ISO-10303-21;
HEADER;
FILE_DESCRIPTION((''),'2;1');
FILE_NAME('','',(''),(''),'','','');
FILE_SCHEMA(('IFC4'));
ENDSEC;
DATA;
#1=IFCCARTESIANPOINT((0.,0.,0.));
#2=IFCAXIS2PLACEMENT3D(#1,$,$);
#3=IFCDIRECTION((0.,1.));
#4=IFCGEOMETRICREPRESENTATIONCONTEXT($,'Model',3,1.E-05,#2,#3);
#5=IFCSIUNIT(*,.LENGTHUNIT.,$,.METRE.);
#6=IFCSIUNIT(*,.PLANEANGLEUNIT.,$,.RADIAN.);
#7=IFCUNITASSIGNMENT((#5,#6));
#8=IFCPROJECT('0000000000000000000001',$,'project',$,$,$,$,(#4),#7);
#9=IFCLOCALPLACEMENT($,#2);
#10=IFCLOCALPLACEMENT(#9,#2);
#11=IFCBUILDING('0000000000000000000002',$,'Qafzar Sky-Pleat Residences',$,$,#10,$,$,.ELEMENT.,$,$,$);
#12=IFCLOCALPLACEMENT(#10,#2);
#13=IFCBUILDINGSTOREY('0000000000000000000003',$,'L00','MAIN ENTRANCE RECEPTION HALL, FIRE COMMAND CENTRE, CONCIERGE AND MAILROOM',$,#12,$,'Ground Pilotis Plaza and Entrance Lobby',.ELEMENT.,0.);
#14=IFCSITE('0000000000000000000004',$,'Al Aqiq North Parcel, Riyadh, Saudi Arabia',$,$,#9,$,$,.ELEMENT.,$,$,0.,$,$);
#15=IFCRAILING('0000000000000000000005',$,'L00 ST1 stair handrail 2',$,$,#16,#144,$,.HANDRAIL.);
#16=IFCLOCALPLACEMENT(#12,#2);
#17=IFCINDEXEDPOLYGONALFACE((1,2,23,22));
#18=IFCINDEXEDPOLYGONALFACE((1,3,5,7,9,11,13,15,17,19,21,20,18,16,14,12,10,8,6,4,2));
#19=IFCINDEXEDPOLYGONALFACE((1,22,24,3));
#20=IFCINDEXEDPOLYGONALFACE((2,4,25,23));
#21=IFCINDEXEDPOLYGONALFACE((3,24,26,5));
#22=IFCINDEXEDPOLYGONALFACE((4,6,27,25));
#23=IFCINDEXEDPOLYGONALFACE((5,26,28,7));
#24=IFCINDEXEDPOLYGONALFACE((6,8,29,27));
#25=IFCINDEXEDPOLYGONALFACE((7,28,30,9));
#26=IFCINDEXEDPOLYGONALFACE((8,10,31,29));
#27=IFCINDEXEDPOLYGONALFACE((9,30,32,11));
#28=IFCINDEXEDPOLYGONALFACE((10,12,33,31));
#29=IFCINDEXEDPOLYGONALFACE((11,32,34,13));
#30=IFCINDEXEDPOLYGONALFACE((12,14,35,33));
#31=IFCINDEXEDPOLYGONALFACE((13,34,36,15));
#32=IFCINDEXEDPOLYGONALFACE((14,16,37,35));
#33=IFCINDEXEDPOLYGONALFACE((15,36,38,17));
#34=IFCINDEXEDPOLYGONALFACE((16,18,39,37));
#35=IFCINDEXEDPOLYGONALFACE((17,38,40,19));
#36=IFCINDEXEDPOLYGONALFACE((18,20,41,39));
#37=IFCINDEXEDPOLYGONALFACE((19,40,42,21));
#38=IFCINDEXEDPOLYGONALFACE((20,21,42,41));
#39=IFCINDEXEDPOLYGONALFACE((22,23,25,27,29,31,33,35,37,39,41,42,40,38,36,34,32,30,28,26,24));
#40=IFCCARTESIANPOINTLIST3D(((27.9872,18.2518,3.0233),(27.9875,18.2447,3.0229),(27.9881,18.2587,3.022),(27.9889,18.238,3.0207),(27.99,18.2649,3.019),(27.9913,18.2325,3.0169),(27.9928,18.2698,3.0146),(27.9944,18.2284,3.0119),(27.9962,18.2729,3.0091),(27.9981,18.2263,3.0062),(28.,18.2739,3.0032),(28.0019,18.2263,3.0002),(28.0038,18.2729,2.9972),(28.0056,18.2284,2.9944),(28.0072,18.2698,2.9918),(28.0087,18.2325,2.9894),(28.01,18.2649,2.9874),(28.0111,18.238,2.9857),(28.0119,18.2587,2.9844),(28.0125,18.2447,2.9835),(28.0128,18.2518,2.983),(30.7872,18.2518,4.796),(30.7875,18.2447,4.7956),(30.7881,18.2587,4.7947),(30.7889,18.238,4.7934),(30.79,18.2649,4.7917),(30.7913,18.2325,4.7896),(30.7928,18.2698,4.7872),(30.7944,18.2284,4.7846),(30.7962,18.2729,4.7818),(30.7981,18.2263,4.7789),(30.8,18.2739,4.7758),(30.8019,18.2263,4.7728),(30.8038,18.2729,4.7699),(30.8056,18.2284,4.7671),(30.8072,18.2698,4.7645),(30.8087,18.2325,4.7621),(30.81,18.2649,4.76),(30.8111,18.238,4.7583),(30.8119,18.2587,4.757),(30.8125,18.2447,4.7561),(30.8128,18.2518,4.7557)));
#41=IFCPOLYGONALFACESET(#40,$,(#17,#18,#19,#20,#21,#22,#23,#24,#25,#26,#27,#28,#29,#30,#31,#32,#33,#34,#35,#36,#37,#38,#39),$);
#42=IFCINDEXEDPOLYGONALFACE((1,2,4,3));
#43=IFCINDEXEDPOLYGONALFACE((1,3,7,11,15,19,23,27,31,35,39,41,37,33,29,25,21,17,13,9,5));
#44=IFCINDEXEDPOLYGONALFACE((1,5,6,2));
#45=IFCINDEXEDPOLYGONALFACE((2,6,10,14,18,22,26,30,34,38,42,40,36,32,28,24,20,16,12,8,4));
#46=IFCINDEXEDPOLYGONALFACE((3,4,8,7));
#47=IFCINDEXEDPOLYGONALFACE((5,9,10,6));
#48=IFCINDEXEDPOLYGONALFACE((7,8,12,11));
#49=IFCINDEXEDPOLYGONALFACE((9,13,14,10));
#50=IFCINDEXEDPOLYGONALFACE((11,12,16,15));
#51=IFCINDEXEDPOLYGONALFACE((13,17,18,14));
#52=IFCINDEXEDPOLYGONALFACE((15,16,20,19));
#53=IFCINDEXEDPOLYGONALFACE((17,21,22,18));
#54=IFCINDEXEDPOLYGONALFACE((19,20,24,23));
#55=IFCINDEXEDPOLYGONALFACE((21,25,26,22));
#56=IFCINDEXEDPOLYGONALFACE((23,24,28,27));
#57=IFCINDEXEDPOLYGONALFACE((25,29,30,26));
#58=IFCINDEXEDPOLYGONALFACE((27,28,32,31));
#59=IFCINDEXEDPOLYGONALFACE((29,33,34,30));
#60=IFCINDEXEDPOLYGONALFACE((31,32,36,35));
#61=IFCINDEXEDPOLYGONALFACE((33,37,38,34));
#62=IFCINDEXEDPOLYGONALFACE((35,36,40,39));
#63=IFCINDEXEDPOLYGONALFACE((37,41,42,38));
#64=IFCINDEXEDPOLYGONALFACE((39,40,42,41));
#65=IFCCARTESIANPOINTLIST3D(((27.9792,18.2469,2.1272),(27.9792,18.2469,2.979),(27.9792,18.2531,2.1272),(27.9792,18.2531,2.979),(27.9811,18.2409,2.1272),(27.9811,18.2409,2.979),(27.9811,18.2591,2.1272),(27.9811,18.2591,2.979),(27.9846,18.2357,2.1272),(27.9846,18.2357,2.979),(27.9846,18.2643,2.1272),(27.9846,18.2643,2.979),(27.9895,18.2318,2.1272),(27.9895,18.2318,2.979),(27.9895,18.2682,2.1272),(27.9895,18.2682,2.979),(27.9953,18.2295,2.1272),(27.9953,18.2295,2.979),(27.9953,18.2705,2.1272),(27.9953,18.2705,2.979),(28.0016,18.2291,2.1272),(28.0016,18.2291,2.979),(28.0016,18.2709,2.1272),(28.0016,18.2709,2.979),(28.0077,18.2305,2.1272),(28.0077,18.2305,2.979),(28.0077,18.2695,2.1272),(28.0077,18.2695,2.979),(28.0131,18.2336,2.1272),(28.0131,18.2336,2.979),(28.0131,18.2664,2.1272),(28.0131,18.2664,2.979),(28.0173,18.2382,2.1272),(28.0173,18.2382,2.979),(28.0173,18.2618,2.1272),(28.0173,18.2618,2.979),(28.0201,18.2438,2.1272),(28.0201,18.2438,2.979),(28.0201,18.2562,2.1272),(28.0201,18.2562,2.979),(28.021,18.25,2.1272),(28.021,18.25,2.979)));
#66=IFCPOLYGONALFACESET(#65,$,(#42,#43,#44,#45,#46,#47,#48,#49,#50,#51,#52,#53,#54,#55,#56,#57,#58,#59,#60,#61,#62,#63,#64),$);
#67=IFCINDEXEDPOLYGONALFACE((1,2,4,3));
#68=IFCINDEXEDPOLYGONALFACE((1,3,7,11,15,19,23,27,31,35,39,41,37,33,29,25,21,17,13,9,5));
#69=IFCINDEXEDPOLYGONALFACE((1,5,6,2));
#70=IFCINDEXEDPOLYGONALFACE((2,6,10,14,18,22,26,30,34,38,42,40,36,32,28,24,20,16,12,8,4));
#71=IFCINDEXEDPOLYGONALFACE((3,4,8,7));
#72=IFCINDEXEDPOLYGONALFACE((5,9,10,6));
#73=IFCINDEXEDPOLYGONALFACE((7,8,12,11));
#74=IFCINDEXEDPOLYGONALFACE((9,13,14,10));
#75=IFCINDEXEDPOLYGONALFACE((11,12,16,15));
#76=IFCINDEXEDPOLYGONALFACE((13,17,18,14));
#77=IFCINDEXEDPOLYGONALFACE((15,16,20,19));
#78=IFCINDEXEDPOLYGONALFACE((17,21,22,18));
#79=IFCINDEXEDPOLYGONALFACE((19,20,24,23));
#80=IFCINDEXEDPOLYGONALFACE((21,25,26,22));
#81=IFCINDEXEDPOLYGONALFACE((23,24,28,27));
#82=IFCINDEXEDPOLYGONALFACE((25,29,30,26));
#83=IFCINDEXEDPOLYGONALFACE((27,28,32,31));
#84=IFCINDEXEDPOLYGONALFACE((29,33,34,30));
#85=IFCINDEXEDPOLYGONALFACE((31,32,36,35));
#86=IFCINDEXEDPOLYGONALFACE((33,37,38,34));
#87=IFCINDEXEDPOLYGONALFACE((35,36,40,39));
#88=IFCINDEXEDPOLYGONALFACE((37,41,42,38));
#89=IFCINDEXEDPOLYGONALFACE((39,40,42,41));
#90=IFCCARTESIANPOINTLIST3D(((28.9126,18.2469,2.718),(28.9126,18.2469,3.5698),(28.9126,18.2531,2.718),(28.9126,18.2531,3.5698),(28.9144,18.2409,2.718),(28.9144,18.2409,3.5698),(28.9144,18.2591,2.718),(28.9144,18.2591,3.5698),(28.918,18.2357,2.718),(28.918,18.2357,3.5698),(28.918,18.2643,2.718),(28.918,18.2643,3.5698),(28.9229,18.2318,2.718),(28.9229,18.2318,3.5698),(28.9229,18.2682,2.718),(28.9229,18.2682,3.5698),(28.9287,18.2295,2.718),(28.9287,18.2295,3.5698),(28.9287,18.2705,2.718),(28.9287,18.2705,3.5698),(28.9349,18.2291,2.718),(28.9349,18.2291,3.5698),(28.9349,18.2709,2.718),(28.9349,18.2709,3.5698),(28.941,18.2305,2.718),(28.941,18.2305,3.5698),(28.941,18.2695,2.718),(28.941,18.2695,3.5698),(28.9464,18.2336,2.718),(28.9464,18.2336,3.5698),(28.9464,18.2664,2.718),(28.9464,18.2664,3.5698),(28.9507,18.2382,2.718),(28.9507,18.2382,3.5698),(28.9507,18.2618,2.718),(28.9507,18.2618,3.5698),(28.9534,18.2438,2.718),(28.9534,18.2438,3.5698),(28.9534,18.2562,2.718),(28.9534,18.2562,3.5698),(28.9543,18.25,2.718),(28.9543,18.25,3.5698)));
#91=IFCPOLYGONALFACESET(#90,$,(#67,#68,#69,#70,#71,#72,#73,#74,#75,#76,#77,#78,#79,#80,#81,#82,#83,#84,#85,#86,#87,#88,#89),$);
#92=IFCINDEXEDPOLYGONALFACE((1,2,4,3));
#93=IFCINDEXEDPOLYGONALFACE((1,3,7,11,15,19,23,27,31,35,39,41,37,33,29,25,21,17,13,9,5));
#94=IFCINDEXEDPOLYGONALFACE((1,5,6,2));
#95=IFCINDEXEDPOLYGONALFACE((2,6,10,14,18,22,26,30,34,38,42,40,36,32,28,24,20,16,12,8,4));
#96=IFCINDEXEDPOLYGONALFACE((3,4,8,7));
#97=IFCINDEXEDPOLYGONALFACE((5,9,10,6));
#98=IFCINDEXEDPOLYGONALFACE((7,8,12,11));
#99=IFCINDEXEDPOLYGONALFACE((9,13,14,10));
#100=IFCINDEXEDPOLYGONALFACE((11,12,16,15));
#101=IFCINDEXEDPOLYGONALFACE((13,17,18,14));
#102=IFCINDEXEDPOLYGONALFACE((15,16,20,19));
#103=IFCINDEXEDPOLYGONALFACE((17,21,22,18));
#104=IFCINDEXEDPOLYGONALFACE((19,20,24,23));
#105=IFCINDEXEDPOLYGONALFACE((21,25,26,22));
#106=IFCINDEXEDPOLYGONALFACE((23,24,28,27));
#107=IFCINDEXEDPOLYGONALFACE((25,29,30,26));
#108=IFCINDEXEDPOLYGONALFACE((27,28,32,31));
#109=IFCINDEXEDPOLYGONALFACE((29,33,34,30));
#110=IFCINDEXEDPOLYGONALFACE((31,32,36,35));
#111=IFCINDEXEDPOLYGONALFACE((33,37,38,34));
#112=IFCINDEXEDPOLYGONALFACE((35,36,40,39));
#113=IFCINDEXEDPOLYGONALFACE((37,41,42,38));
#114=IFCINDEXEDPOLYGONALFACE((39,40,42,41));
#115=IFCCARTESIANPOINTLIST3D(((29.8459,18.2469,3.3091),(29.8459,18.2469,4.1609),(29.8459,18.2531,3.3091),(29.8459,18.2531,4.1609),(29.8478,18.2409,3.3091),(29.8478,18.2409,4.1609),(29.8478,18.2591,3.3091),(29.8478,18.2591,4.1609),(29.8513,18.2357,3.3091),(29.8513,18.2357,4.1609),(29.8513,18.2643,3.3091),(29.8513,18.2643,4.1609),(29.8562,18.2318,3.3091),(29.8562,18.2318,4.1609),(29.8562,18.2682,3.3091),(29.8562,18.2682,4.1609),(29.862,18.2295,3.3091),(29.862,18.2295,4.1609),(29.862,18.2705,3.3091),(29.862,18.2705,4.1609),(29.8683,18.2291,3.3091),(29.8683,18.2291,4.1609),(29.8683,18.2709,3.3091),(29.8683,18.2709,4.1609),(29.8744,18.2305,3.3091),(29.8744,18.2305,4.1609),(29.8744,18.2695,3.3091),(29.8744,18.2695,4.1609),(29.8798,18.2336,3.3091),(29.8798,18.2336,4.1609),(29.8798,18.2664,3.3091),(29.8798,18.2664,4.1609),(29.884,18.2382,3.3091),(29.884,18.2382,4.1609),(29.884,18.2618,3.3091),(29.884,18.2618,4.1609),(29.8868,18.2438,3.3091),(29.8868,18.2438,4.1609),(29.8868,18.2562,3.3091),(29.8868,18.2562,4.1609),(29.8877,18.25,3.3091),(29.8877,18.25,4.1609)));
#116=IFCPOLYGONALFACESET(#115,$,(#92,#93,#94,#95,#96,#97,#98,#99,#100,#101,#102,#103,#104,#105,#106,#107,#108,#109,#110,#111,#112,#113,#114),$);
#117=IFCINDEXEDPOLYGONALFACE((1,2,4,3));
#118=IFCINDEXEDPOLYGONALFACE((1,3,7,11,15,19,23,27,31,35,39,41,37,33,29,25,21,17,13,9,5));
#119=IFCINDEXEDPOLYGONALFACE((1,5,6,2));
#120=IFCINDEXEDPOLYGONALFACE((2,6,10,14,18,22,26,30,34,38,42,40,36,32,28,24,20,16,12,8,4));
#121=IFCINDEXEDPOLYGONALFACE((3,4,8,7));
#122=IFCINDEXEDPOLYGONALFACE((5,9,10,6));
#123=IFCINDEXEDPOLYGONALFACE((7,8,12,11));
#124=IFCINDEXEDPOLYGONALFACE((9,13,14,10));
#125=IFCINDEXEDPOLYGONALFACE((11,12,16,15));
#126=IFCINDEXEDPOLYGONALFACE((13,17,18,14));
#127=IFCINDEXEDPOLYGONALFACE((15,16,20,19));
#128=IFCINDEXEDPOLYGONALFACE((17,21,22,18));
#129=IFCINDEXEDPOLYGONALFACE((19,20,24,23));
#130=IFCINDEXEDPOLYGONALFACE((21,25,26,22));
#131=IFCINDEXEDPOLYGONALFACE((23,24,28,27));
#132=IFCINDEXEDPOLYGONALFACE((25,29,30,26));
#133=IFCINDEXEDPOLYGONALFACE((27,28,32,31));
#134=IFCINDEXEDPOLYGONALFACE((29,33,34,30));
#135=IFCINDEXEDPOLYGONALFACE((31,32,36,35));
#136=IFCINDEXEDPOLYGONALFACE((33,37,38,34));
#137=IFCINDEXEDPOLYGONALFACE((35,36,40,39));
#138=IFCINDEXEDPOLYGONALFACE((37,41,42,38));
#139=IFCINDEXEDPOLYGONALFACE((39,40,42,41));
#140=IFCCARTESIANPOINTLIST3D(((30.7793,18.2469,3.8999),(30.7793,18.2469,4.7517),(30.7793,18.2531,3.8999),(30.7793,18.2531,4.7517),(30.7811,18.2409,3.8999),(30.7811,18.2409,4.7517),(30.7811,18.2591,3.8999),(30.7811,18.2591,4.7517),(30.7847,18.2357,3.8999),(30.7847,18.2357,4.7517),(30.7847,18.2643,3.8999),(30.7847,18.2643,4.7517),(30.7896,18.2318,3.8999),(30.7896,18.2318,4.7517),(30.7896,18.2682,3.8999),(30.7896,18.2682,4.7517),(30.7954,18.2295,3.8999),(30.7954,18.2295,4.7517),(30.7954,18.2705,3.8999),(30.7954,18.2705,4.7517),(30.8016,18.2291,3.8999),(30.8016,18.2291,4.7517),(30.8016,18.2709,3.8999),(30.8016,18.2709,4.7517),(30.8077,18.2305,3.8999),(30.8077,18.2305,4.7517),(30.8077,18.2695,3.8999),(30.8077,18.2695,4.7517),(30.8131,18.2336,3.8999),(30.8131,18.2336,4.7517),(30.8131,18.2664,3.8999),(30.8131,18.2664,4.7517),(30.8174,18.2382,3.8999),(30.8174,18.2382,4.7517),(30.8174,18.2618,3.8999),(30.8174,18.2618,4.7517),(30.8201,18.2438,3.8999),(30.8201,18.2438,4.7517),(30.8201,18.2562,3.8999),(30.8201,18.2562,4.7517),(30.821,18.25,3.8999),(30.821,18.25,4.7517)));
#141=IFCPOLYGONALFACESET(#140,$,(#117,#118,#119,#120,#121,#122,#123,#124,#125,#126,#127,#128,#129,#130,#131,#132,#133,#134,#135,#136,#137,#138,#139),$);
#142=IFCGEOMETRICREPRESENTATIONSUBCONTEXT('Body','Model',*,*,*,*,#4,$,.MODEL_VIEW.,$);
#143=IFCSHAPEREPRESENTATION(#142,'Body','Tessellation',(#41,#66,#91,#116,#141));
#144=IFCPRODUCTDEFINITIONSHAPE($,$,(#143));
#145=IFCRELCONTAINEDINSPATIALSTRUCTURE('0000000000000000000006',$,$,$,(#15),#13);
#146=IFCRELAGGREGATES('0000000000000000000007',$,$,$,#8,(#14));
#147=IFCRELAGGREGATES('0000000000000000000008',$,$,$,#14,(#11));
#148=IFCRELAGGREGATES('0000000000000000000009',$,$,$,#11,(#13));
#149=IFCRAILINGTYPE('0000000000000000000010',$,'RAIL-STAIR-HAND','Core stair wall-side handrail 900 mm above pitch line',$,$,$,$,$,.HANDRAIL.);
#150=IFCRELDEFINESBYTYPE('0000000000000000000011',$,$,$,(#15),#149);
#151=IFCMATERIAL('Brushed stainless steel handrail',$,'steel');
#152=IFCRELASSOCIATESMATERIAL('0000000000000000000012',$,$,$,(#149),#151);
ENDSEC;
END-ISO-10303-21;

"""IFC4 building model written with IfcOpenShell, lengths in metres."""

from ifc_helpers import new_model, si_unit, direction, frame, origin, origin_2d, place, context, subcontext, project, spatial, circle, extrude, source, transform, mapped, material, type_object, element, save


model = new_model("IFC4")

# Units and contexts
model_context = context("Model", 3, precision=1e-05, world=origin(), true_north=direction((0.0, 1.0)))
body_context = subcontext(model_context, "Body", "Model", "MODEL_VIEW")
ifc_project = project(units=[si_unit("LENGTHUNIT", "METRE"), si_unit("PLANEANGLEUNIT", "RADIAN")], contexts=[model_context])

# Site, building, storey
site_placement = place(None, origin())
site = spatial("IfcSite", under=ifc_project, at=site_placement, Name="Al Aqiq North Parcel, Riyadh, Saudi Arabia", CompositionType="ELEMENT", RefElevation=0.0)
building_placement = place(site_placement, origin())
building = spatial("IfcBuilding", under=site, at=building_placement, Name="Qafzar Sky-Pleat Residences", CompositionType="ELEMENT")
storey_placement = place(building_placement, origin())
storey = spatial("IfcBuildingStorey", under=building, at=storey_placement, Name="L00", Description="MAIN ENTRANCE RECEPTION HALL, FIRE COMMAND CENTRE, CONCIERGE AND MAILROOM", LongName="Ground Pilotis Plaza and Entrance Lobby", CompositionType="ELEMENT", Elevation=0.0)

# Railing
ifc_material_1 = material(Name="Brushed stainless steel handrail", Category="steel")
railing_type_1 = type_object("IfcRailingType", Name="RAIL-STAIR-HAND", Description="Core stair wall-side handrail 900 mm above pitch line", PredefinedType="HANDRAIL", material=ifc_material_1)
shared_shape_1 = source(origin(), body_context, "Body", "SweptSolid", [
    extrude(circle(Radius=0.0239, at=origin_2d()), frame((0.0, 0.0, 0.876), z_axis=(0.844909, 0.0, 0.53491), x_axis=(0.0, 1.0, 0.0)), (0.0, 0.0, 1.0), 3.314),
    extrude(circle(Radius=0.021, at=origin_2d()), origin(), (0.0, 0.0, 1.0), 0.8518),
    extrude(circle(Radius=0.021, at=origin_2d()), frame((0.9333, 0.0, 0.5908)), (0.0, 0.0, 1.0), 0.8518),
    extrude(circle(Radius=0.021, at=origin_2d()), frame((1.8667, 0.0, 1.1819)), (0.0, 0.0, 1.0), 0.8518),
    extrude(circle(Radius=0.021, at=origin_2d()), frame((2.8, 0.0, 1.7727)), (0.0, 0.0, 1.0), 0.8518),
])
for number, where, name in (
    (1, (28.0, 18.25, 2.1272), "L00 ST1 stair handrail 2"),
):
    element("IfcRailing", number, at=place(storey_placement, frame(where)), inside=storey, type_object=railing_type_1, Name=name, PredefinedType="HANDRAIL", context=body_context, shape_type="MappedRepresentation", body=[
        mapped(shared_shape_1, transform((0.0, 0.0, 0.0), x_axis=(1.0, 0.0, 0.0), y_axis=(0.0, 1.0, 0.0), z_axis=(0.0, 0.0, 1.0), scale=1.0)),
    ])

save(model, "model.ifc")
